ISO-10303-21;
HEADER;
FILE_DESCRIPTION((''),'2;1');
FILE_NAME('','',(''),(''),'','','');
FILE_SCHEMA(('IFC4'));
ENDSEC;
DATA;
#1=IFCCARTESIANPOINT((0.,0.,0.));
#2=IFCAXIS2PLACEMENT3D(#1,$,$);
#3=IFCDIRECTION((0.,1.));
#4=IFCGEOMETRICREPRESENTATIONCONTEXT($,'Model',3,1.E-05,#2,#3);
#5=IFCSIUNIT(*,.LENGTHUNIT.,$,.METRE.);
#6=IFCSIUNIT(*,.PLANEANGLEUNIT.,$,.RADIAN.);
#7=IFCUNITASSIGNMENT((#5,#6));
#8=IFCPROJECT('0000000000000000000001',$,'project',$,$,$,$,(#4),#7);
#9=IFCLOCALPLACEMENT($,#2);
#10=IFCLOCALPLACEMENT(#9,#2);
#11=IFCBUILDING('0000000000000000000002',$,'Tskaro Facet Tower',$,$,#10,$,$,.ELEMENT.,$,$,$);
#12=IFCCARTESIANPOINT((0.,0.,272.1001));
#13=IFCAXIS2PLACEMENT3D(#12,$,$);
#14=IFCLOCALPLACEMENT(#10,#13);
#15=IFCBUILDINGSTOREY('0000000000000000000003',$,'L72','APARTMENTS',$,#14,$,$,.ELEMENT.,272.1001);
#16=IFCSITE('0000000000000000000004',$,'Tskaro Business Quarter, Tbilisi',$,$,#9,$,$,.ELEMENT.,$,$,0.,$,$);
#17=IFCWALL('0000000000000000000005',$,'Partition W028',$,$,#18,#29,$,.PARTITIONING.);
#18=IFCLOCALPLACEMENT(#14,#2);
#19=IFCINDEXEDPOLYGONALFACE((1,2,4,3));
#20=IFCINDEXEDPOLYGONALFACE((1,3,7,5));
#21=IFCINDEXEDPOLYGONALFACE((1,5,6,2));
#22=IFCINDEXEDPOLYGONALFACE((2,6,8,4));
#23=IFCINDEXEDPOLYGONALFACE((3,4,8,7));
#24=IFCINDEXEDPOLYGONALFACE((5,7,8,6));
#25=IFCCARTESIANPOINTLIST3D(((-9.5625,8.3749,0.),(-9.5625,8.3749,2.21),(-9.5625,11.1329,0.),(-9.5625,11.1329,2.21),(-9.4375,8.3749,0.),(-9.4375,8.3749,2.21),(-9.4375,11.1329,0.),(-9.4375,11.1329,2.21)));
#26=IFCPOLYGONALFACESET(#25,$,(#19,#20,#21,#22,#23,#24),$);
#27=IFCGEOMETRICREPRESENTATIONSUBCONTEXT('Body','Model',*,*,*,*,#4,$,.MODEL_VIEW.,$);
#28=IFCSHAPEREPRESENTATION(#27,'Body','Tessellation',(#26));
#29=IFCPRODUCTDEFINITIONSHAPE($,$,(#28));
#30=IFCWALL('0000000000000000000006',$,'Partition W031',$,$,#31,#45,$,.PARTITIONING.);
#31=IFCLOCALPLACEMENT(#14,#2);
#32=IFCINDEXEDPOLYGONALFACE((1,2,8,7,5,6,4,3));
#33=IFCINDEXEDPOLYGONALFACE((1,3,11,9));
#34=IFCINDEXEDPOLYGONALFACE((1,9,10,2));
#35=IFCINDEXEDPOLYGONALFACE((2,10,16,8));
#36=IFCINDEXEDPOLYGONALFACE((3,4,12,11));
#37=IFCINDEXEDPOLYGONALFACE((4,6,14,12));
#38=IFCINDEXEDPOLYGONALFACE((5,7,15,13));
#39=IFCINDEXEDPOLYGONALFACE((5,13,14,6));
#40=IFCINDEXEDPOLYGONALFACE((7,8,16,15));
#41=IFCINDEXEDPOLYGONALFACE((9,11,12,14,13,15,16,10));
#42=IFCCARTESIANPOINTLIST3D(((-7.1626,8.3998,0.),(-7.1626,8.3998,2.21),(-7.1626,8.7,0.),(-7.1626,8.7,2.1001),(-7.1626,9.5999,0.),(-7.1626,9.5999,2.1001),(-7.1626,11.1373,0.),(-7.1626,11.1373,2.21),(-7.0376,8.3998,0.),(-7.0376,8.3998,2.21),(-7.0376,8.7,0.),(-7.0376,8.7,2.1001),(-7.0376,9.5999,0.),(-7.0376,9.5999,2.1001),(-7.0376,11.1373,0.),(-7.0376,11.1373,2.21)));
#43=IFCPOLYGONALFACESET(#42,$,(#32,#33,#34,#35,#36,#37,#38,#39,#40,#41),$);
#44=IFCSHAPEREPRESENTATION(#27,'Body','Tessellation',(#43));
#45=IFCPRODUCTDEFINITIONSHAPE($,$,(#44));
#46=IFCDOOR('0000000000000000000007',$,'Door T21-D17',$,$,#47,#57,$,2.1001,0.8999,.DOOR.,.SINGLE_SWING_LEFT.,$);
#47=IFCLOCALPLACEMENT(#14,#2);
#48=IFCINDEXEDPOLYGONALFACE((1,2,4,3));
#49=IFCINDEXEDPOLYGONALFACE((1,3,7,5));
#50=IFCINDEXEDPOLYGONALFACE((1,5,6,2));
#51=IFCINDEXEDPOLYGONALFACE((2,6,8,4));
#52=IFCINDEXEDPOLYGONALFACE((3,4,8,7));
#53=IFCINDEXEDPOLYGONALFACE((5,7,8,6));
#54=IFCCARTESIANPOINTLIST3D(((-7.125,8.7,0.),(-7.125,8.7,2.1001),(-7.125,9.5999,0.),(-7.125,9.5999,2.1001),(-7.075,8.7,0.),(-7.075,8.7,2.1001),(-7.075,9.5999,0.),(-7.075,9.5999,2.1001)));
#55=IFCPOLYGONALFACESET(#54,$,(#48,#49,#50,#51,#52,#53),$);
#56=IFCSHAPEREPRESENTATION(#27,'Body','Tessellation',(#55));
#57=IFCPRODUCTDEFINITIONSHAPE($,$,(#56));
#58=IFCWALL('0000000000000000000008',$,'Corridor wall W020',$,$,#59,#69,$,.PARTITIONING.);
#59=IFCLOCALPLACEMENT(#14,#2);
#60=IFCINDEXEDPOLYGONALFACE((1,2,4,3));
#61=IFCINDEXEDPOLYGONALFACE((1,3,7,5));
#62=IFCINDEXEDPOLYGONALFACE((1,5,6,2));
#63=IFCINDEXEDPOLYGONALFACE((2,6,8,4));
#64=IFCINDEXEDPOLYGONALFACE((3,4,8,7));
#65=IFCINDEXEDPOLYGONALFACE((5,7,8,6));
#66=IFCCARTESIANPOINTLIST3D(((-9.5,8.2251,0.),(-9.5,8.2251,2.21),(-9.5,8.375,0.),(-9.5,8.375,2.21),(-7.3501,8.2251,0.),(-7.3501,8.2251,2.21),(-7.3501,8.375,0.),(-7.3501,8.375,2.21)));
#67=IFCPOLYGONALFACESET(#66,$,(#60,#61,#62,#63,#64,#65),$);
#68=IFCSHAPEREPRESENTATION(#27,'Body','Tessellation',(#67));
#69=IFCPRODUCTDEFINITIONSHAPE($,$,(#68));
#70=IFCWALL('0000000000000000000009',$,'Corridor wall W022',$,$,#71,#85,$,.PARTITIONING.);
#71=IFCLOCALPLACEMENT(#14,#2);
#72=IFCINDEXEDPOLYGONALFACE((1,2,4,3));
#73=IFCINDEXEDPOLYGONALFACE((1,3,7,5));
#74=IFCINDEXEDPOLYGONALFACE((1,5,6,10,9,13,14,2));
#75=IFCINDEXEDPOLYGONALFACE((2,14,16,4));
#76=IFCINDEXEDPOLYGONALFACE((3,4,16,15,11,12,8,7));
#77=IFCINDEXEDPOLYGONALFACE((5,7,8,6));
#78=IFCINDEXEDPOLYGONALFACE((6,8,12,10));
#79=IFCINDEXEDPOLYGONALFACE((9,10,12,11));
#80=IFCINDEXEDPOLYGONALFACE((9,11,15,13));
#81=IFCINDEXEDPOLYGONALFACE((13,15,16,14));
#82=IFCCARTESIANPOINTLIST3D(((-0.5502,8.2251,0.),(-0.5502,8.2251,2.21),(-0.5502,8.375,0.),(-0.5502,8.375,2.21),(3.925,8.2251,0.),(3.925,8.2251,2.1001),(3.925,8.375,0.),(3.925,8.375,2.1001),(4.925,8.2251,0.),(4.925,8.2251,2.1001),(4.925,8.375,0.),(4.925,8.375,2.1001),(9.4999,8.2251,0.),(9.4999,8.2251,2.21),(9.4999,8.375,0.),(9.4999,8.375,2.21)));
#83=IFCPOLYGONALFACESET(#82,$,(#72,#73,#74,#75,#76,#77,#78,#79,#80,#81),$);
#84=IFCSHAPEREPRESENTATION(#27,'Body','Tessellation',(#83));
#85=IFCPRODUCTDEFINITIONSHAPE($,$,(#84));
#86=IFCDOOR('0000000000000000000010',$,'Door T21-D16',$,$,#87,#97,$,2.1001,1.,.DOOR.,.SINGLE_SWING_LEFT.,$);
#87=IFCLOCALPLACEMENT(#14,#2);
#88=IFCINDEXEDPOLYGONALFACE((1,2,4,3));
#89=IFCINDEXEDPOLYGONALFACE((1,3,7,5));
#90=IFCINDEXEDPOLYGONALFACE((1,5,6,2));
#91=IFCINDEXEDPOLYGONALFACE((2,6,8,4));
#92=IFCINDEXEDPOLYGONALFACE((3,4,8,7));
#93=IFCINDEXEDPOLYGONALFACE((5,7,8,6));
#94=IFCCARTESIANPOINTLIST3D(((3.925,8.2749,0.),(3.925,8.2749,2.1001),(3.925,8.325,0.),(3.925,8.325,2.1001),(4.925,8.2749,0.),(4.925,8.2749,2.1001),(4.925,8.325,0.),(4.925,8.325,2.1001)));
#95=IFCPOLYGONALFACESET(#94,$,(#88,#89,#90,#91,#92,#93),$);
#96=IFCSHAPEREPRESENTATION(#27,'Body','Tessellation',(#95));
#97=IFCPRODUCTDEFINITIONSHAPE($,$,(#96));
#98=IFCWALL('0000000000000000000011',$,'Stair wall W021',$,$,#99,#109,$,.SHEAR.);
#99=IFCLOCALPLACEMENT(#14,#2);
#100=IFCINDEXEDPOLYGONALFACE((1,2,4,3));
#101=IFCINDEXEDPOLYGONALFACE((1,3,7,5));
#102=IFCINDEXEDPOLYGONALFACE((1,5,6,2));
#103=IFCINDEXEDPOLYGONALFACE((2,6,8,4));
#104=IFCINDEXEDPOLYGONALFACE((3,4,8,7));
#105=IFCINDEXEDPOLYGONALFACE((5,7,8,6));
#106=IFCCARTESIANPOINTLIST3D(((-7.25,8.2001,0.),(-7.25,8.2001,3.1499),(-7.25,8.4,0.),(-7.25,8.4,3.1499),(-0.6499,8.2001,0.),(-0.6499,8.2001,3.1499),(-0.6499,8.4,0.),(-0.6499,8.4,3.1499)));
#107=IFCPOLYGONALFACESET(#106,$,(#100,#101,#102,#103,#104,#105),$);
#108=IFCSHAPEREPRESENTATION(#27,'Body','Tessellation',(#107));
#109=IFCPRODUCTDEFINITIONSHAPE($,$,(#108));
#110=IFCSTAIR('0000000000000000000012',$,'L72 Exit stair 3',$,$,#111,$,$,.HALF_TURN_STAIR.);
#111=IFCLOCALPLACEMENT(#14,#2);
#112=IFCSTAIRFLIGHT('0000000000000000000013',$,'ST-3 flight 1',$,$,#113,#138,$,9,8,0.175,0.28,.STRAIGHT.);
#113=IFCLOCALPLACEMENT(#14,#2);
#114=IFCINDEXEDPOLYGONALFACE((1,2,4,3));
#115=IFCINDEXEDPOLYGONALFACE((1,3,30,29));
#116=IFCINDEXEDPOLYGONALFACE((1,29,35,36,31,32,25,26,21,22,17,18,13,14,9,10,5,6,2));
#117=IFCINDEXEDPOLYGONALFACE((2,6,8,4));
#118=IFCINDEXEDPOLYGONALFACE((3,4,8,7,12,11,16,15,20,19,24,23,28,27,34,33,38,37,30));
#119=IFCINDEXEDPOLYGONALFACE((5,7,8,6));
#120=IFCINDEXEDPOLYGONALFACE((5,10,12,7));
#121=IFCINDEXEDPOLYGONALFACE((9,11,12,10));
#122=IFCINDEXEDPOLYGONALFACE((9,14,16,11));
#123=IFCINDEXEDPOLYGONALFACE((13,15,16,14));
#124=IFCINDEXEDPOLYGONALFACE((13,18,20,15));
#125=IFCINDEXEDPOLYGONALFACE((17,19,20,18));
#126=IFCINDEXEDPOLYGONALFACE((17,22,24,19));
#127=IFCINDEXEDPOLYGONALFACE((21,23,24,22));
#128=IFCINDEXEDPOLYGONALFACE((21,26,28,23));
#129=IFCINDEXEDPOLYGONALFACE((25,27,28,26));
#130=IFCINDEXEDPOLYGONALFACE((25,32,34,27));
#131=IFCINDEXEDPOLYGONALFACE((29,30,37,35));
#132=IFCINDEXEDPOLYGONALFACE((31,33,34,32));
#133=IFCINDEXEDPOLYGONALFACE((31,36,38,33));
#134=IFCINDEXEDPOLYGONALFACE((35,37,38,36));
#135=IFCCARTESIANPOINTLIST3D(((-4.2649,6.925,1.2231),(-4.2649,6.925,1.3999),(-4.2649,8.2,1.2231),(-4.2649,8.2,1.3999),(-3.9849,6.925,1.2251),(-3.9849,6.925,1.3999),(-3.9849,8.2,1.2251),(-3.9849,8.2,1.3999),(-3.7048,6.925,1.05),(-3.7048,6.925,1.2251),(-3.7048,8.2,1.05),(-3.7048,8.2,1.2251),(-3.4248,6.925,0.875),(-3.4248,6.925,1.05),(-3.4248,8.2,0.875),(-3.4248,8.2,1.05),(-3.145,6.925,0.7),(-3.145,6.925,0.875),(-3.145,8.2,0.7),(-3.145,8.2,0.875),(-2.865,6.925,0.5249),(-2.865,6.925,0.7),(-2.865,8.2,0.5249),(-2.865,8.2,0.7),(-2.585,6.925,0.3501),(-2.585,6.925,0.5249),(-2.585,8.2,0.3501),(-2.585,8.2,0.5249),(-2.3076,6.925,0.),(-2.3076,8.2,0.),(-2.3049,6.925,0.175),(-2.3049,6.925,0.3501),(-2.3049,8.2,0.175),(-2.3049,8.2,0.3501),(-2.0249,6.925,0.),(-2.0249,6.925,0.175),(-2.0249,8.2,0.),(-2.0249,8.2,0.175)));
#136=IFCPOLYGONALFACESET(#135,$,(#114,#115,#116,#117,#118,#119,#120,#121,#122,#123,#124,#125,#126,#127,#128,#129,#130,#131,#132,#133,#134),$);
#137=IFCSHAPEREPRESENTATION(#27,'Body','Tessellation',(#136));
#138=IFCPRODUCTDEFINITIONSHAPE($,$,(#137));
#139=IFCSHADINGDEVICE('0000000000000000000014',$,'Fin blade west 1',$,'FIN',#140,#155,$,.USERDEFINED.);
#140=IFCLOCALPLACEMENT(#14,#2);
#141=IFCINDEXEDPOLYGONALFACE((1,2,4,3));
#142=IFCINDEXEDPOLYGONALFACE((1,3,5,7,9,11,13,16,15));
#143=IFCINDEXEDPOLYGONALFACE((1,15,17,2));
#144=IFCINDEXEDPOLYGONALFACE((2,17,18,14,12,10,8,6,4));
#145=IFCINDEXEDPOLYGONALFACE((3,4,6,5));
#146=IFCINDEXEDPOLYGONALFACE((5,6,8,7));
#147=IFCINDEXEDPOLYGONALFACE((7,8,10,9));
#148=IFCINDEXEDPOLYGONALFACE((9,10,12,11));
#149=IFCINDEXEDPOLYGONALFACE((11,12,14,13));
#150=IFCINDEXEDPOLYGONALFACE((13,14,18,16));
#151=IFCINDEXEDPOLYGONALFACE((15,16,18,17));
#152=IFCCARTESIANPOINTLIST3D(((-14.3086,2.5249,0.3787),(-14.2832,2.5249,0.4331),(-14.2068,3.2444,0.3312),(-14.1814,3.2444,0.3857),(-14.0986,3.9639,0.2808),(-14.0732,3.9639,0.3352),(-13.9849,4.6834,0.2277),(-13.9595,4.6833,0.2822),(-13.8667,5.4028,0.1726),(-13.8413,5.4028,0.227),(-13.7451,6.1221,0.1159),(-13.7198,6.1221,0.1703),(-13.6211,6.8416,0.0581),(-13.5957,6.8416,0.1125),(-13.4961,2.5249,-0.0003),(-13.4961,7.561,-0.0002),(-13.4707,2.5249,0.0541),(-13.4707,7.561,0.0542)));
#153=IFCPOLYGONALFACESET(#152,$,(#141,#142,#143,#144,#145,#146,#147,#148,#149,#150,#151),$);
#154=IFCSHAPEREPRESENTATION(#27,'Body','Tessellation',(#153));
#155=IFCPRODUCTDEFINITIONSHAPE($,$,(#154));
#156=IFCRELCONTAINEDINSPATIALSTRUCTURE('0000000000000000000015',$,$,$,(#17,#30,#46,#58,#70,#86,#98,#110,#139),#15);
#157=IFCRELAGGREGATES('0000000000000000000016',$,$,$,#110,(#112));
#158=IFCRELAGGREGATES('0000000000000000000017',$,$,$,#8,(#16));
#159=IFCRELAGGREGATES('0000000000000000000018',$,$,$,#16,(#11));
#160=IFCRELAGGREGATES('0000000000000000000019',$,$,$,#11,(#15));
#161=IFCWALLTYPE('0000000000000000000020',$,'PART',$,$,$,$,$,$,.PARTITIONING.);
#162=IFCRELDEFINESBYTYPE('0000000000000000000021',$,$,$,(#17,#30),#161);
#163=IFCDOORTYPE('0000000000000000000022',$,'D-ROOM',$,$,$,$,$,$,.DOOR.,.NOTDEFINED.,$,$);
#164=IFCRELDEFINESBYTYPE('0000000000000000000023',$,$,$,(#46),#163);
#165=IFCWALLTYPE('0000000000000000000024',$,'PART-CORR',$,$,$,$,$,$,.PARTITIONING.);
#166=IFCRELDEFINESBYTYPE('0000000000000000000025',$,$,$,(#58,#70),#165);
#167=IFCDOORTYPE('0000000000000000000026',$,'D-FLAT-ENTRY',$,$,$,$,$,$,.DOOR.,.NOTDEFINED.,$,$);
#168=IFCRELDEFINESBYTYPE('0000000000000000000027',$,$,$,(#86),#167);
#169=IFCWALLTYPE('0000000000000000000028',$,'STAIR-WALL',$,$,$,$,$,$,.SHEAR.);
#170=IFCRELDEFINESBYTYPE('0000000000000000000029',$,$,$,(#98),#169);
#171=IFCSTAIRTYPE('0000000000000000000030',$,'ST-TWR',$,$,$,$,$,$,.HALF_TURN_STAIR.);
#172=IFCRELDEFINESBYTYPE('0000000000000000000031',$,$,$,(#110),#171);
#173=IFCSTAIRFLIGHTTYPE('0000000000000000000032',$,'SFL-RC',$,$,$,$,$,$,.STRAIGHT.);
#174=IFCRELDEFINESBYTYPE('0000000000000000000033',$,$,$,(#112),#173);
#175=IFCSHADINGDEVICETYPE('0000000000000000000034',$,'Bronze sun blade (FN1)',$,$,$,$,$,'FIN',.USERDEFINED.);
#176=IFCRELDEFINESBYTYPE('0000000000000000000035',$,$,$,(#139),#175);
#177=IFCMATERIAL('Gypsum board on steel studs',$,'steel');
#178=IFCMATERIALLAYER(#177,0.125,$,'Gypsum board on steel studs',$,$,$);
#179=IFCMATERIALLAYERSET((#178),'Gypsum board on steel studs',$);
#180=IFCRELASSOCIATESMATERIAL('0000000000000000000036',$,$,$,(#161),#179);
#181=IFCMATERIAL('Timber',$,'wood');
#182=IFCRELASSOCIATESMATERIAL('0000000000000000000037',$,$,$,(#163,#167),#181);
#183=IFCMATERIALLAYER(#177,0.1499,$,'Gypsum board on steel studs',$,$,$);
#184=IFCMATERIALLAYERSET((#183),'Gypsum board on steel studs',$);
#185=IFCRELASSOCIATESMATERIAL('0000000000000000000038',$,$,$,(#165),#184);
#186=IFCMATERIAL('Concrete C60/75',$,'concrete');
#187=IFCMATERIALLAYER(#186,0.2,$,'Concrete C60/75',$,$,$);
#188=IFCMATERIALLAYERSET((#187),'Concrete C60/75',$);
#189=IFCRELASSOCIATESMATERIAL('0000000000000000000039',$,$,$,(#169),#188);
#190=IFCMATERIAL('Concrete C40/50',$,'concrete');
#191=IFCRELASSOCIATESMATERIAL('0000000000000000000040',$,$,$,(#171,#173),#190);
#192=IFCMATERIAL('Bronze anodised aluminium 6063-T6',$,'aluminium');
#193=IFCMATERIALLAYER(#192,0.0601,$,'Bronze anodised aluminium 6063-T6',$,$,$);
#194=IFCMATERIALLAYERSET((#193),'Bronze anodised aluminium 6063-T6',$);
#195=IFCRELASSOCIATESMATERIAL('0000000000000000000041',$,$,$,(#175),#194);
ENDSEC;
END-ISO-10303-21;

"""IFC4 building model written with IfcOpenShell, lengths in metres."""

from ifc_helpers import new_model, si_unit, direction, frame, frame_2d, origin, place, context, subcontext, project, spatial, polyline, rectangle, outline, extrude, material, layer, layer_set, type_object, element, fill, aggregate, save


model = new_model("IFC4")

# Units and contexts
model_context = context("Model", 3, precision=1e-05, world=origin(), true_north=direction((0.0, 1.0)))
body_context = subcontext(model_context, "Body", "Model", "MODEL_VIEW")
ifc_project = project(units=[si_unit("LENGTHUNIT", "METRE"), si_unit("PLANEANGLEUNIT", "RADIAN")], contexts=[model_context])

# Site, building, storey
site_placement = place(None, origin())
site = spatial("IfcSite", under=ifc_project, at=site_placement, Name="Tskaro Business Quarter, Tbilisi", CompositionType="ELEMENT", RefElevation=0.0)
building_placement = place(site_placement, origin())
building = spatial("IfcBuilding", under=site, at=building_placement, Name="Tskaro Facet Tower", CompositionType="ELEMENT")
storey_placement = place(building_placement, frame((0.0, 0.0, 272.1001)))
storey = spatial("IfcBuildingStorey", under=building, at=storey_placement, Name="L72", Description="APARTMENTS", CompositionType="ELEMENT", Elevation=272.1001)

# Shared definitions
ifc_material_1 = material(Name="Bronze anodised aluminium 6063-T6", Category="aluminium")

# Wall
ifc_material_2 = material(Name="Gypsum board on steel studs", Category="steel")
ifc_layer_1 = layer(ifc_material_2, 0.125, Name="Gypsum board on steel studs")
ifc_layer_set_1 = layer_set([ifc_layer_1], Name="Gypsum board on steel studs")
wall_type_1 = type_object("IfcWallType", Name="PART", PredefinedType="PARTITIONING", material=ifc_layer_set_1)
wall_1_placement = place(storey_placement, frame((-9.5, 8.375, 0.0), z_axis=(0.0, 0.0, 1.0), x_axis=(0.0, 1.0, 0.0)))
element("IfcWall", 1, at=wall_1_placement, inside=storey, type_object=wall_type_1, Name="Partition W028", PredefinedType="PARTITIONING", context=body_context, shape_type="SweptSolid", body=[
    extrude(rectangle(XDim=2.7581, YDim=0.125, at=frame_2d((1.3789, 0.0))), origin(), (0.0, 0.0, 1.0), 2.21),
])

# Wall, opening, door
wall_2_placement = place(storey_placement, frame((-7.1001, 8.3999, 0.0), z_axis=(0.0, 0.0, 1.0), x_axis=(0.0, 1.0, 0.0)))
wall_2 = element("IfcWall", 2, at=wall_2_placement, inside=storey, type_object=wall_type_1, Name="Partition W031", PredefinedType="PARTITIONING", context=body_context, shape_type="SweptSolid", body=[
    extrude(rectangle(XDim=2.7375, YDim=0.125, at=frame_2d((1.3687, 0.0))), origin(), (0.0, 0.0, 1.0), 2.21),
])
opening_1_placement = place(wall_2_placement, frame((0.3, 0.0, 0.0)))
opening_1 = element("IfcOpeningElement", 3, at=opening_1_placement, cuts=wall_2, PredefinedType="OPENING", context=body_context, shape_type="SweptSolid", body=[
    extrude(rectangle(XDim=0.8999, YDim=2.1001, at=frame_2d((0.45, 1.05))), frame((0.0, 0.0725, 0.0), z_axis=(0.0, -1.0, 0.0), x_axis=(1.0, 0.0, 0.0)), (0.0, 0.0, 1.0), 0.145),
])
ifc_material_3 = material(Name="Timber", Category="wood")
door_type_1 = type_object("IfcDoorType", Name="D-ROOM", OperationType="NOTDEFINED", PredefinedType="DOOR", material=ifc_material_3)
door_1_placement = place(opening_1_placement, origin())
door_1 = element("IfcDoor", 4, at=door_1_placement, inside=storey, type_object=door_type_1, Name="Door T21-D17", OperationType="SINGLE_SWING_LEFT", OverallHeight=2.1001, OverallWidth=0.8999, PredefinedType="DOOR", context=body_context, shape_type="SweptSolid", body=[
    extrude(rectangle(XDim=0.8999, YDim=2.1001, at=frame_2d((0.45, 1.05))), frame((0.0, 0.0249, 0.0), z_axis=(0.0, -1.0, 0.0), x_axis=(1.0, 0.0, 0.0)), (0.0, 0.0, 1.0), 0.05),
])
fill(opening_1, door_1)

# Wall
ifc_layer_2 = layer(ifc_material_2, 0.1499, Name="Gypsum board on steel studs")
ifc_layer_set_2 = layer_set([ifc_layer_2], Name="Gypsum board on steel studs")
wall_type_2 = type_object("IfcWallType", Name="PART-CORR", PredefinedType="PARTITIONING", material=ifc_layer_set_2)
wall_3_placement = place(storey_placement, frame((-9.5, 8.3, 0.0), z_axis=(0.0, 0.0, 1.0), x_axis=(1.0, 0.0, 0.0)))
element("IfcWall", 5, at=wall_3_placement, inside=storey, type_object=wall_type_2, Name="Corridor wall W020", PredefinedType="PARTITIONING", context=body_context, shape_type="SweptSolid", body=[
    extrude(rectangle(XDim=2.1499, YDim=0.1499, at=frame_2d((1.075, 0.0))), origin(), (0.0, 0.0, 1.0), 2.21),
])

# Wall, opening, door
wall_4_placement = place(storey_placement, frame((-0.55, 8.3, 0.0), z_axis=(0.0, 0.0, 1.0), x_axis=(1.0, 0.0, 0.0)))
wall_4 = element("IfcWall", 6, at=wall_4_placement, inside=storey, type_object=wall_type_2, Name="Corridor wall W022", PredefinedType="PARTITIONING", context=body_context, shape_type="SweptSolid", body=[
    extrude(rectangle(XDim=10.05, YDim=0.1499, at=frame_2d((5.0249, 0.0))), origin(), (0.0, 0.0, 1.0), 2.21),
])
opening_2_placement = place(wall_4_placement, frame((4.4751, 0.0, 0.0)))
opening_2 = element("IfcOpeningElement", 7, at=opening_2_placement, cuts=wall_4, PredefinedType="OPENING", context=body_context, shape_type="SweptSolid", body=[
    extrude(rectangle(XDim=1.0, YDim=2.1001, at=frame_2d((0.5, 1.05))), frame((0.0, 0.085, 0.0), z_axis=(0.0, -1.0, 0.0), x_axis=(1.0, 0.0, 0.0)), (0.0, 0.0, 1.0), 0.1699),
])
door_type_2 = type_object("IfcDoorType", Name="D-FLAT-ENTRY", OperationType="NOTDEFINED", PredefinedType="DOOR", material=ifc_material_3)
door_2_placement = place(opening_2_placement, origin())
door_2 = element("IfcDoor", 8, at=door_2_placement, inside=storey, type_object=door_type_2, Name="Door T21-D16", OperationType="SINGLE_SWING_LEFT", OverallHeight=2.1001, OverallWidth=1.0, PredefinedType="DOOR", context=body_context, shape_type="SweptSolid", body=[
    extrude(rectangle(XDim=1.0, YDim=2.1001, at=frame_2d((0.5, 1.05))), frame((0.0, 0.0249, 0.0), z_axis=(0.0, -1.0, 0.0), x_axis=(1.0, 0.0, 0.0)), (0.0, 0.0, 1.0), 0.05),
])
fill(opening_2, door_2)

# Wall
ifc_material_4 = material(Name="Concrete C60/75", Category="concrete")
ifc_layer_3 = layer(ifc_material_4, 0.2, Name="Concrete C60/75")
ifc_layer_set_3 = layer_set([ifc_layer_3], Name="Concrete C60/75")
wall_type_3 = type_object("IfcWallType", Name="STAIR-WALL", PredefinedType="SHEAR", material=ifc_layer_set_3)
wall_5_placement = place(storey_placement, frame((-7.25, 8.3, 0.0), z_axis=(0.0, 0.0, 1.0), x_axis=(1.0, 0.0, 0.0)))
element("IfcWall", 9, at=wall_5_placement, inside=storey, type_object=wall_type_3, Name="Stair wall W021", PredefinedType="SHEAR", context=body_context, shape_type="SweptSolid", body=[
    extrude(rectangle(XDim=6.6001, YDim=0.2, at=frame_2d((3.3, 0.0))), origin(), (0.0, 0.0, 1.0), 3.1499),
])

# Stair, stair flight
ifc_material_5 = material(Name="Concrete C40/50", Category="concrete")
stair_type = type_object("IfcStairType", Name="ST-TWR", PredefinedType="HALF_TURN_STAIR", material=ifc_material_5)
stair_placement = place(storey_placement, origin())
stair = element("IfcStair", 10, at=stair_placement, inside=storey, type_object=stair_type, Name="L72 Exit stair 3", PredefinedType="HALF_TURN_STAIR")
stair_flight_type = type_object("IfcStairFlightType", Name="SFL-RC", PredefinedType="STRAIGHT", material=ifc_material_5)
stair_flight_placement = place(storey_placement, frame((-2.0249, 7.5625, 0.0), z_axis=(0.0, 0.0, 1.0), x_axis=(-1.0, 0.0, 0.0)))
stair_flight = element("IfcStairFlight", 11, at=stair_flight_placement, type_object=stair_flight_type, Name="ST-3 flight 1", NumberOfRisers=9, NumberOfTreads=8, PredefinedType="STRAIGHT", RiserHeight=0.175, TreadLength=0.28, context=body_context, shape_type="SweptSolid", body=[
    extrude(outline(polyline([(0.0, 0.0), (0.0, 0.175), (0.28, 0.175), (0.28, 0.3501), (0.5601, 0.3501), (0.5601, 0.5249), (0.8401, 0.5249), (0.8401, 0.7), (1.1201, 0.7), (1.1201, 0.875), (1.3999, 0.875), (1.3999, 1.05), (1.6799, 1.05), (1.6799, 1.2251), (1.96, 1.2251), (1.96, 1.3999), (2.24, 1.3999), (2.24, 1.575), (2.24, 1.2231), (0.2827, 0.0), (0.0, 0.0)])), frame((0.0, 0.6375, 0.0), z_axis=(0.0, -1.0, 0.0), x_axis=(1.0, 0.0, 0.0)), (0.0, 0.0, 1.0), 1.2749),
])
aggregate(stair, [stair_flight])

# Shading device
ifc_layer_4 = layer(ifc_material_1, 0.0601, Name="Bronze anodised aluminium 6063-T6")
ifc_layer_set_4 = layer_set([ifc_layer_4], Name="Bronze anodised aluminium 6063-T6")
shading_device_type = type_object("IfcShadingDeviceType", Name="Bronze sun blade (FN1)", ElementType="FIN", PredefinedType="USERDEFINED", material=ifc_layer_set_4)
shading_device_placement = place(storey_placement, frame((-13.4707, 7.561, 0.0542), z_axis=(0.422742, -0.000019, 0.90625), x_axis=(-0.000008, -1.0, -0.000017)))
element("IfcShadingDevice", 12, at=shading_device_placement, inside=storey, type_object=shading_device_type, Name="Fin blade west 1", ObjectType="FIN", PredefinedType="USERDEFINED", context=body_context, shape_type="SweptSolid", body=[
    extrude(outline(polyline([(0.0, 0.0), (5.0361, 0.0), (5.0361, -0.8965), (4.3167, -0.7842), (3.5972, -0.6648), (2.8777, -0.5393), (2.1582, -0.4089), (1.439, -0.2748), (0.7195, -0.1379), (0.0, 0.0)])), origin(), (0.0, 0.0, -1.0), 0.0601),
])

save(model, "model.ifc")
